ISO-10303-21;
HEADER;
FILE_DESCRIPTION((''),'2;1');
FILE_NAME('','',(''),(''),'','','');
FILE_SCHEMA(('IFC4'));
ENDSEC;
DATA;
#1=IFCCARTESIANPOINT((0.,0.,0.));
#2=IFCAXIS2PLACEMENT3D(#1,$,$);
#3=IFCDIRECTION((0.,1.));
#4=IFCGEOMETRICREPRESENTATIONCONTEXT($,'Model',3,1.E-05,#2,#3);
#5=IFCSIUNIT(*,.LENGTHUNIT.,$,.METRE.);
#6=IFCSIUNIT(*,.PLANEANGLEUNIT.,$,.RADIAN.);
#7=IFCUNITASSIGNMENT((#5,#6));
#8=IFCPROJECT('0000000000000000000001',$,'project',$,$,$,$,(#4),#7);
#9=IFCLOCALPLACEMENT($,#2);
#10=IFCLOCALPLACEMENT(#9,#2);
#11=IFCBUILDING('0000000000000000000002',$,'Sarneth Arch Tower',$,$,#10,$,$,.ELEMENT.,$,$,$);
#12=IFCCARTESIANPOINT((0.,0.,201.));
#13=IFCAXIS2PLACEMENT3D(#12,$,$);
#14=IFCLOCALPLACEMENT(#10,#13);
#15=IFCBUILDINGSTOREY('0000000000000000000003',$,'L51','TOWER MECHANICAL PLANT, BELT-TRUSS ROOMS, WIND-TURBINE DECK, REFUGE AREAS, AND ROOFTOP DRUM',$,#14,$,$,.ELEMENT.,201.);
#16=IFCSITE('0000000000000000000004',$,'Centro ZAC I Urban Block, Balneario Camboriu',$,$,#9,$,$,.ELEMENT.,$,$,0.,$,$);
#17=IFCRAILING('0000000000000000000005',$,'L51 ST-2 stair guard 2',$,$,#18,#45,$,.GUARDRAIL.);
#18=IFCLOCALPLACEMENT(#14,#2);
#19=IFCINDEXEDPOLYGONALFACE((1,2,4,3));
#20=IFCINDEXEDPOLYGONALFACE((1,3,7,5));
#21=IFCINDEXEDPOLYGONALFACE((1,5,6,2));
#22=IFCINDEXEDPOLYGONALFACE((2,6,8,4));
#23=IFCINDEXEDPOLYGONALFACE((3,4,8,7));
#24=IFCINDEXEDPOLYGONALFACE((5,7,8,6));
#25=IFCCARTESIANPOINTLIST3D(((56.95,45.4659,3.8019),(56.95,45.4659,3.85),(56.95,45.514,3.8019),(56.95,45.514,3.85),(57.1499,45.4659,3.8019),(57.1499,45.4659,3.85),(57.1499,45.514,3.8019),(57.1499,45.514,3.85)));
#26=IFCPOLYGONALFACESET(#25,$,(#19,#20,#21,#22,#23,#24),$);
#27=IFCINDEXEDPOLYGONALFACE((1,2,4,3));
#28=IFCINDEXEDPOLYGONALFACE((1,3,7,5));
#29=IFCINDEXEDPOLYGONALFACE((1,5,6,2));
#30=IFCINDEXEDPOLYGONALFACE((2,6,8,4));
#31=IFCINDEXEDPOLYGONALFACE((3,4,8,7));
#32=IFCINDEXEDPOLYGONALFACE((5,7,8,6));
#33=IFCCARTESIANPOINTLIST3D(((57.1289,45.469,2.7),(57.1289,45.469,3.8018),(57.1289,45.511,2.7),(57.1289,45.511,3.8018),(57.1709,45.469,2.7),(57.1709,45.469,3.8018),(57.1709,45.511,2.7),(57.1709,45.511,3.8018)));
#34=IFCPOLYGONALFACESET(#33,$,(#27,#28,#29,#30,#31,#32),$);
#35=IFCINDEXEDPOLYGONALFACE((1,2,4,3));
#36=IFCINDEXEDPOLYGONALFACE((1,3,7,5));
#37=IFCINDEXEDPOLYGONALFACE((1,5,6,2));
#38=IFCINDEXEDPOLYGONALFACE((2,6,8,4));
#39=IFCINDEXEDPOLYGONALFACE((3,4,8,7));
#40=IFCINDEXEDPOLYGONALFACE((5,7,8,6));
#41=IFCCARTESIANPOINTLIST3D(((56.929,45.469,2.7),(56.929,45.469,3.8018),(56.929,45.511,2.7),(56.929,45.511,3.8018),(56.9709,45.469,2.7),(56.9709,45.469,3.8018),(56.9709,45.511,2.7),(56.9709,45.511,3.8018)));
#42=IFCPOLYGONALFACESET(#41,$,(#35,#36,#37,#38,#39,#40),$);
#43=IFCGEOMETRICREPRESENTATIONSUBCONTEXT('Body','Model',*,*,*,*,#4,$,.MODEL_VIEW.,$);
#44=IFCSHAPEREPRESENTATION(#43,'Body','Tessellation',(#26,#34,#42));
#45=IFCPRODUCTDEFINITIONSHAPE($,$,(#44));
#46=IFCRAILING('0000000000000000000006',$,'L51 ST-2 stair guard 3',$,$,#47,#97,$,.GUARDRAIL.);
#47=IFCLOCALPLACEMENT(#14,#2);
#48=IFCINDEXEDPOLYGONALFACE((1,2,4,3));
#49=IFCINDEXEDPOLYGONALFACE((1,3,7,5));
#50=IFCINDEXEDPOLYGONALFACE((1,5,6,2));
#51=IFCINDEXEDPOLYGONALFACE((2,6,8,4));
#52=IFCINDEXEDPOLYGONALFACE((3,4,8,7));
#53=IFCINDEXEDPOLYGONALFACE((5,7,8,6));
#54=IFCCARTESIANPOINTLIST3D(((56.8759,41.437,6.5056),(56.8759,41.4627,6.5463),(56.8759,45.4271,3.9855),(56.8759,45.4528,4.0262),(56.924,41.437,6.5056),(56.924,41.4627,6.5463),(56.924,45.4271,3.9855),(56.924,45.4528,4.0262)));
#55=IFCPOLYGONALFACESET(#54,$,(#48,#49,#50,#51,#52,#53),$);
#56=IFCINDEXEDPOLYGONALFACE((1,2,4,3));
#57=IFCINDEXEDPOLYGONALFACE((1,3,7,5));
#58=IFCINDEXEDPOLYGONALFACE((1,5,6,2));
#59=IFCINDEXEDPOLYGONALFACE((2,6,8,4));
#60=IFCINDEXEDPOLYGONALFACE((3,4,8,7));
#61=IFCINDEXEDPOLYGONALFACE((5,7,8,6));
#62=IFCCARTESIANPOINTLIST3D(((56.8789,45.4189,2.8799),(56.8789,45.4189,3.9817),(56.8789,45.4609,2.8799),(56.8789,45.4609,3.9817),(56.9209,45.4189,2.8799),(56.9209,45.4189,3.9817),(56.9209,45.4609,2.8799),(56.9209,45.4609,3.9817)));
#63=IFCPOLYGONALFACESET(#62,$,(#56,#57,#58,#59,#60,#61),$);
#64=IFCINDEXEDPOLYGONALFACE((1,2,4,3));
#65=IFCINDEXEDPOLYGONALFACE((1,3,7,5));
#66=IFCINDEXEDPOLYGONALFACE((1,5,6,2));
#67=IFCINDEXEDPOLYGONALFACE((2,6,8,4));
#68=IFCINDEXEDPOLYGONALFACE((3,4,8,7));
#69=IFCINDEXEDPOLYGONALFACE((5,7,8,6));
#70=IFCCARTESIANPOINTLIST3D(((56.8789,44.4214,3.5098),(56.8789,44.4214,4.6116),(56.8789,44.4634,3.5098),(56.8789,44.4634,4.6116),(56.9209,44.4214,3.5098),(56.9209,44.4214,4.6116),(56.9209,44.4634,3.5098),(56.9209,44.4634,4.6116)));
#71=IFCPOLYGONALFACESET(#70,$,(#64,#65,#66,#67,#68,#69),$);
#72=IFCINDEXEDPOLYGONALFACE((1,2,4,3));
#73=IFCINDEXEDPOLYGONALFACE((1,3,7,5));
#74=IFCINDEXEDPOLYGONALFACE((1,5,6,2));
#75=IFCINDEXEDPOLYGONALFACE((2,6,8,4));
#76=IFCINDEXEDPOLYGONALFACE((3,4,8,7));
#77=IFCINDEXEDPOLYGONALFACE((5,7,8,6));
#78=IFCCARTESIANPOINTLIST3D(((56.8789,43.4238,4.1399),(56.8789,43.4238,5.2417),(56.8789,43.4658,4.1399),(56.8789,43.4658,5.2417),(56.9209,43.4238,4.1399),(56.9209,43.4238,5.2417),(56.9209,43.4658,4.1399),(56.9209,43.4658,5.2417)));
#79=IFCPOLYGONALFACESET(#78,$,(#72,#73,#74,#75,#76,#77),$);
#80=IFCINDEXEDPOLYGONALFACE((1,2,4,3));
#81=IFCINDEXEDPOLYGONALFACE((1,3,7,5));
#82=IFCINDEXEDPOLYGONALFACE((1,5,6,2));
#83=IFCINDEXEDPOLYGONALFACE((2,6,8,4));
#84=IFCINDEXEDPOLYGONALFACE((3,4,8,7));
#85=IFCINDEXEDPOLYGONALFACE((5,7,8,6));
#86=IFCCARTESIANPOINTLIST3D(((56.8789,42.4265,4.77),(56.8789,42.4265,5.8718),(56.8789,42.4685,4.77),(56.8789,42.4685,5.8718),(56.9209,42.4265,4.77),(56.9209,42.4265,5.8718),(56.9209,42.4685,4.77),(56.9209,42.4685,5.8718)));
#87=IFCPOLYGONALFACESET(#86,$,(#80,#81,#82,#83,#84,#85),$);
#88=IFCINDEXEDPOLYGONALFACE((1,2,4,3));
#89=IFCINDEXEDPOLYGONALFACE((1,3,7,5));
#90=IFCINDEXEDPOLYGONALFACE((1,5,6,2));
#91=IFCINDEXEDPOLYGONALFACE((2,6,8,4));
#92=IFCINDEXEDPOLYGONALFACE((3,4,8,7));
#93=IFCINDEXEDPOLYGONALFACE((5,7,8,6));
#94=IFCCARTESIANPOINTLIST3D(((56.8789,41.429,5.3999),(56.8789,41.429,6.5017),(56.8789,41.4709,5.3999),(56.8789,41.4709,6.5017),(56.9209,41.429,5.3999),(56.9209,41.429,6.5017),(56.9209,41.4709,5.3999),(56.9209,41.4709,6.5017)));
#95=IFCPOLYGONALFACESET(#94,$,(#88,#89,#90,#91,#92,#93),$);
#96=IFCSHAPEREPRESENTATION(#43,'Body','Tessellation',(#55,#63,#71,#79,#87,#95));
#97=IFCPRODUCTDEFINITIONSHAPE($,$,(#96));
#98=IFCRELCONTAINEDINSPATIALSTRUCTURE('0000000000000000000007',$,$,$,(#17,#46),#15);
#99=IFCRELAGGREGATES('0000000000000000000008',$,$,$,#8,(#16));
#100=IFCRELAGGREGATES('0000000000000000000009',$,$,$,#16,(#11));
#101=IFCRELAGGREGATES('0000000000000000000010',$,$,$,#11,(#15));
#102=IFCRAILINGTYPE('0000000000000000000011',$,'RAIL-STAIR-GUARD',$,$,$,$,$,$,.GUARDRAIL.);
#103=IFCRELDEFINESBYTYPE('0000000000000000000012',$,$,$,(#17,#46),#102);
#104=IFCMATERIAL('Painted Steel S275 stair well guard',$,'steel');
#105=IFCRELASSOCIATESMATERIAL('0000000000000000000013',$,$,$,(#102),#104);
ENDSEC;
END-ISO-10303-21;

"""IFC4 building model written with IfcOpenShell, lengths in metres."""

from ifc_helpers import new_model, si_unit, direction, frame, origin, origin_2d, place, context, subcontext, project, spatial, rectangle, extrude, material, type_object, element, save


model = new_model("IFC4")

# Units and contexts
model_context = context("Model", 3, precision=1e-05, world=origin(), true_north=direction((0.0, 1.0)))
body_context = subcontext(model_context, "Body", "Model", "MODEL_VIEW")
ifc_project = project(units=[si_unit("LENGTHUNIT", "METRE"), si_unit("PLANEANGLEUNIT", "RADIAN")], contexts=[model_context])

# Site, building, storey
site_placement = place(None, origin())
site = spatial("IfcSite", under=ifc_project, at=site_placement, Name="Centro ZAC I Urban Block, Balneario Camboriu", CompositionType="ELEMENT", RefElevation=0.0)
building_placement = place(site_placement, origin())
building = spatial("IfcBuilding", under=site, at=building_placement, Name="Sarneth Arch Tower", CompositionType="ELEMENT")
storey_placement = place(building_placement, frame((0.0, 0.0, 201.0)))
storey = spatial("IfcBuildingStorey", under=building, at=storey_placement, Name="L51", Description="TOWER MECHANICAL PLANT, BELT-TRUSS ROOMS, WIND-TURBINE DECK, REFUGE AREAS, AND ROOFTOP DRUM", CompositionType="ELEMENT", Elevation=201.0)

# Railings
ifc_material_1 = material(Name="Painted Steel S275 stair well guard", Category="steel")
railing_type_1 = type_object("IfcRailingType", Name="RAIL-STAIR-GUARD", PredefinedType="GUARDRAIL", material=ifc_material_1)
railing_1_placement = place(storey_placement, frame((57.1499, 45.49, 2.7)))
element("IfcRailing", 1, at=railing_1_placement, inside=storey, type_object=railing_type_1, Name="L51 ST-2 stair guard 2", PredefinedType="GUARDRAIL", context=body_context, shape_type="SweptSolid", body=[
    extrude(rectangle(XDim=0.0481, YDim=0.0481, at=origin_2d()), frame((0.0, 0.0, 1.126), z_axis=(-1.0, 0.0, 0.0), x_axis=(0.0, -1.0, 0.0)), (0.0, 0.0, 1.0), 0.2),
    extrude(rectangle(XDim=0.042, YDim=0.042, at=origin_2d()), origin(), (0.0, 0.0, 1.0), 1.1018),
    extrude(rectangle(XDim=0.042, YDim=0.042, at=origin_2d()), frame((-0.2, 0.0, 0.0)), (0.0, 0.0, 1.0), 1.1018),
])
railing_2_placement = place(storey_placement, frame((56.8999, 45.4399, 2.8799)))
element("IfcRailing", 2, at=railing_2_placement, inside=storey, type_object=railing_type_1, Name="L51 ST-2 stair guard 3", PredefinedType="GUARDRAIL", context=body_context, shape_type="SweptSolid", body=[
    extrude(rectangle(XDim=0.0481, YDim=0.0481, at=origin_2d()), frame((0.0, 0.0, 1.126), z_axis=(0.0, -0.845486, 0.533997), x_axis=(1.0, 0.0, 0.0)), (0.0, 0.0, 1.0), 4.7192),
    extrude(rectangle(XDim=0.042, YDim=0.042, at=origin_2d()), origin(), (0.0, 0.0, 1.0), 1.1018),
    extrude(rectangle(XDim=0.042, YDim=0.042, at=origin_2d()), frame((0.0, -0.9976, 0.6299)), (0.0, 0.0, 1.0), 1.1018),
    extrude(rectangle(XDim=0.042, YDim=0.042, at=origin_2d()), frame((0.0, -1.9951, 1.26)), (0.0, 0.0, 1.0), 1.1018),
    extrude(rectangle(XDim=0.042, YDim=0.042, at=origin_2d()), frame((0.0, -2.9924, 1.8901)), (0.0, 0.0, 1.0), 1.1018),
    extrude(rectangle(XDim=0.042, YDim=0.042, at=origin_2d()), frame((0.0, -3.99, 2.52)), (0.0, 0.0, 1.0), 1.1018),
])

save(model, "model.ifc")
